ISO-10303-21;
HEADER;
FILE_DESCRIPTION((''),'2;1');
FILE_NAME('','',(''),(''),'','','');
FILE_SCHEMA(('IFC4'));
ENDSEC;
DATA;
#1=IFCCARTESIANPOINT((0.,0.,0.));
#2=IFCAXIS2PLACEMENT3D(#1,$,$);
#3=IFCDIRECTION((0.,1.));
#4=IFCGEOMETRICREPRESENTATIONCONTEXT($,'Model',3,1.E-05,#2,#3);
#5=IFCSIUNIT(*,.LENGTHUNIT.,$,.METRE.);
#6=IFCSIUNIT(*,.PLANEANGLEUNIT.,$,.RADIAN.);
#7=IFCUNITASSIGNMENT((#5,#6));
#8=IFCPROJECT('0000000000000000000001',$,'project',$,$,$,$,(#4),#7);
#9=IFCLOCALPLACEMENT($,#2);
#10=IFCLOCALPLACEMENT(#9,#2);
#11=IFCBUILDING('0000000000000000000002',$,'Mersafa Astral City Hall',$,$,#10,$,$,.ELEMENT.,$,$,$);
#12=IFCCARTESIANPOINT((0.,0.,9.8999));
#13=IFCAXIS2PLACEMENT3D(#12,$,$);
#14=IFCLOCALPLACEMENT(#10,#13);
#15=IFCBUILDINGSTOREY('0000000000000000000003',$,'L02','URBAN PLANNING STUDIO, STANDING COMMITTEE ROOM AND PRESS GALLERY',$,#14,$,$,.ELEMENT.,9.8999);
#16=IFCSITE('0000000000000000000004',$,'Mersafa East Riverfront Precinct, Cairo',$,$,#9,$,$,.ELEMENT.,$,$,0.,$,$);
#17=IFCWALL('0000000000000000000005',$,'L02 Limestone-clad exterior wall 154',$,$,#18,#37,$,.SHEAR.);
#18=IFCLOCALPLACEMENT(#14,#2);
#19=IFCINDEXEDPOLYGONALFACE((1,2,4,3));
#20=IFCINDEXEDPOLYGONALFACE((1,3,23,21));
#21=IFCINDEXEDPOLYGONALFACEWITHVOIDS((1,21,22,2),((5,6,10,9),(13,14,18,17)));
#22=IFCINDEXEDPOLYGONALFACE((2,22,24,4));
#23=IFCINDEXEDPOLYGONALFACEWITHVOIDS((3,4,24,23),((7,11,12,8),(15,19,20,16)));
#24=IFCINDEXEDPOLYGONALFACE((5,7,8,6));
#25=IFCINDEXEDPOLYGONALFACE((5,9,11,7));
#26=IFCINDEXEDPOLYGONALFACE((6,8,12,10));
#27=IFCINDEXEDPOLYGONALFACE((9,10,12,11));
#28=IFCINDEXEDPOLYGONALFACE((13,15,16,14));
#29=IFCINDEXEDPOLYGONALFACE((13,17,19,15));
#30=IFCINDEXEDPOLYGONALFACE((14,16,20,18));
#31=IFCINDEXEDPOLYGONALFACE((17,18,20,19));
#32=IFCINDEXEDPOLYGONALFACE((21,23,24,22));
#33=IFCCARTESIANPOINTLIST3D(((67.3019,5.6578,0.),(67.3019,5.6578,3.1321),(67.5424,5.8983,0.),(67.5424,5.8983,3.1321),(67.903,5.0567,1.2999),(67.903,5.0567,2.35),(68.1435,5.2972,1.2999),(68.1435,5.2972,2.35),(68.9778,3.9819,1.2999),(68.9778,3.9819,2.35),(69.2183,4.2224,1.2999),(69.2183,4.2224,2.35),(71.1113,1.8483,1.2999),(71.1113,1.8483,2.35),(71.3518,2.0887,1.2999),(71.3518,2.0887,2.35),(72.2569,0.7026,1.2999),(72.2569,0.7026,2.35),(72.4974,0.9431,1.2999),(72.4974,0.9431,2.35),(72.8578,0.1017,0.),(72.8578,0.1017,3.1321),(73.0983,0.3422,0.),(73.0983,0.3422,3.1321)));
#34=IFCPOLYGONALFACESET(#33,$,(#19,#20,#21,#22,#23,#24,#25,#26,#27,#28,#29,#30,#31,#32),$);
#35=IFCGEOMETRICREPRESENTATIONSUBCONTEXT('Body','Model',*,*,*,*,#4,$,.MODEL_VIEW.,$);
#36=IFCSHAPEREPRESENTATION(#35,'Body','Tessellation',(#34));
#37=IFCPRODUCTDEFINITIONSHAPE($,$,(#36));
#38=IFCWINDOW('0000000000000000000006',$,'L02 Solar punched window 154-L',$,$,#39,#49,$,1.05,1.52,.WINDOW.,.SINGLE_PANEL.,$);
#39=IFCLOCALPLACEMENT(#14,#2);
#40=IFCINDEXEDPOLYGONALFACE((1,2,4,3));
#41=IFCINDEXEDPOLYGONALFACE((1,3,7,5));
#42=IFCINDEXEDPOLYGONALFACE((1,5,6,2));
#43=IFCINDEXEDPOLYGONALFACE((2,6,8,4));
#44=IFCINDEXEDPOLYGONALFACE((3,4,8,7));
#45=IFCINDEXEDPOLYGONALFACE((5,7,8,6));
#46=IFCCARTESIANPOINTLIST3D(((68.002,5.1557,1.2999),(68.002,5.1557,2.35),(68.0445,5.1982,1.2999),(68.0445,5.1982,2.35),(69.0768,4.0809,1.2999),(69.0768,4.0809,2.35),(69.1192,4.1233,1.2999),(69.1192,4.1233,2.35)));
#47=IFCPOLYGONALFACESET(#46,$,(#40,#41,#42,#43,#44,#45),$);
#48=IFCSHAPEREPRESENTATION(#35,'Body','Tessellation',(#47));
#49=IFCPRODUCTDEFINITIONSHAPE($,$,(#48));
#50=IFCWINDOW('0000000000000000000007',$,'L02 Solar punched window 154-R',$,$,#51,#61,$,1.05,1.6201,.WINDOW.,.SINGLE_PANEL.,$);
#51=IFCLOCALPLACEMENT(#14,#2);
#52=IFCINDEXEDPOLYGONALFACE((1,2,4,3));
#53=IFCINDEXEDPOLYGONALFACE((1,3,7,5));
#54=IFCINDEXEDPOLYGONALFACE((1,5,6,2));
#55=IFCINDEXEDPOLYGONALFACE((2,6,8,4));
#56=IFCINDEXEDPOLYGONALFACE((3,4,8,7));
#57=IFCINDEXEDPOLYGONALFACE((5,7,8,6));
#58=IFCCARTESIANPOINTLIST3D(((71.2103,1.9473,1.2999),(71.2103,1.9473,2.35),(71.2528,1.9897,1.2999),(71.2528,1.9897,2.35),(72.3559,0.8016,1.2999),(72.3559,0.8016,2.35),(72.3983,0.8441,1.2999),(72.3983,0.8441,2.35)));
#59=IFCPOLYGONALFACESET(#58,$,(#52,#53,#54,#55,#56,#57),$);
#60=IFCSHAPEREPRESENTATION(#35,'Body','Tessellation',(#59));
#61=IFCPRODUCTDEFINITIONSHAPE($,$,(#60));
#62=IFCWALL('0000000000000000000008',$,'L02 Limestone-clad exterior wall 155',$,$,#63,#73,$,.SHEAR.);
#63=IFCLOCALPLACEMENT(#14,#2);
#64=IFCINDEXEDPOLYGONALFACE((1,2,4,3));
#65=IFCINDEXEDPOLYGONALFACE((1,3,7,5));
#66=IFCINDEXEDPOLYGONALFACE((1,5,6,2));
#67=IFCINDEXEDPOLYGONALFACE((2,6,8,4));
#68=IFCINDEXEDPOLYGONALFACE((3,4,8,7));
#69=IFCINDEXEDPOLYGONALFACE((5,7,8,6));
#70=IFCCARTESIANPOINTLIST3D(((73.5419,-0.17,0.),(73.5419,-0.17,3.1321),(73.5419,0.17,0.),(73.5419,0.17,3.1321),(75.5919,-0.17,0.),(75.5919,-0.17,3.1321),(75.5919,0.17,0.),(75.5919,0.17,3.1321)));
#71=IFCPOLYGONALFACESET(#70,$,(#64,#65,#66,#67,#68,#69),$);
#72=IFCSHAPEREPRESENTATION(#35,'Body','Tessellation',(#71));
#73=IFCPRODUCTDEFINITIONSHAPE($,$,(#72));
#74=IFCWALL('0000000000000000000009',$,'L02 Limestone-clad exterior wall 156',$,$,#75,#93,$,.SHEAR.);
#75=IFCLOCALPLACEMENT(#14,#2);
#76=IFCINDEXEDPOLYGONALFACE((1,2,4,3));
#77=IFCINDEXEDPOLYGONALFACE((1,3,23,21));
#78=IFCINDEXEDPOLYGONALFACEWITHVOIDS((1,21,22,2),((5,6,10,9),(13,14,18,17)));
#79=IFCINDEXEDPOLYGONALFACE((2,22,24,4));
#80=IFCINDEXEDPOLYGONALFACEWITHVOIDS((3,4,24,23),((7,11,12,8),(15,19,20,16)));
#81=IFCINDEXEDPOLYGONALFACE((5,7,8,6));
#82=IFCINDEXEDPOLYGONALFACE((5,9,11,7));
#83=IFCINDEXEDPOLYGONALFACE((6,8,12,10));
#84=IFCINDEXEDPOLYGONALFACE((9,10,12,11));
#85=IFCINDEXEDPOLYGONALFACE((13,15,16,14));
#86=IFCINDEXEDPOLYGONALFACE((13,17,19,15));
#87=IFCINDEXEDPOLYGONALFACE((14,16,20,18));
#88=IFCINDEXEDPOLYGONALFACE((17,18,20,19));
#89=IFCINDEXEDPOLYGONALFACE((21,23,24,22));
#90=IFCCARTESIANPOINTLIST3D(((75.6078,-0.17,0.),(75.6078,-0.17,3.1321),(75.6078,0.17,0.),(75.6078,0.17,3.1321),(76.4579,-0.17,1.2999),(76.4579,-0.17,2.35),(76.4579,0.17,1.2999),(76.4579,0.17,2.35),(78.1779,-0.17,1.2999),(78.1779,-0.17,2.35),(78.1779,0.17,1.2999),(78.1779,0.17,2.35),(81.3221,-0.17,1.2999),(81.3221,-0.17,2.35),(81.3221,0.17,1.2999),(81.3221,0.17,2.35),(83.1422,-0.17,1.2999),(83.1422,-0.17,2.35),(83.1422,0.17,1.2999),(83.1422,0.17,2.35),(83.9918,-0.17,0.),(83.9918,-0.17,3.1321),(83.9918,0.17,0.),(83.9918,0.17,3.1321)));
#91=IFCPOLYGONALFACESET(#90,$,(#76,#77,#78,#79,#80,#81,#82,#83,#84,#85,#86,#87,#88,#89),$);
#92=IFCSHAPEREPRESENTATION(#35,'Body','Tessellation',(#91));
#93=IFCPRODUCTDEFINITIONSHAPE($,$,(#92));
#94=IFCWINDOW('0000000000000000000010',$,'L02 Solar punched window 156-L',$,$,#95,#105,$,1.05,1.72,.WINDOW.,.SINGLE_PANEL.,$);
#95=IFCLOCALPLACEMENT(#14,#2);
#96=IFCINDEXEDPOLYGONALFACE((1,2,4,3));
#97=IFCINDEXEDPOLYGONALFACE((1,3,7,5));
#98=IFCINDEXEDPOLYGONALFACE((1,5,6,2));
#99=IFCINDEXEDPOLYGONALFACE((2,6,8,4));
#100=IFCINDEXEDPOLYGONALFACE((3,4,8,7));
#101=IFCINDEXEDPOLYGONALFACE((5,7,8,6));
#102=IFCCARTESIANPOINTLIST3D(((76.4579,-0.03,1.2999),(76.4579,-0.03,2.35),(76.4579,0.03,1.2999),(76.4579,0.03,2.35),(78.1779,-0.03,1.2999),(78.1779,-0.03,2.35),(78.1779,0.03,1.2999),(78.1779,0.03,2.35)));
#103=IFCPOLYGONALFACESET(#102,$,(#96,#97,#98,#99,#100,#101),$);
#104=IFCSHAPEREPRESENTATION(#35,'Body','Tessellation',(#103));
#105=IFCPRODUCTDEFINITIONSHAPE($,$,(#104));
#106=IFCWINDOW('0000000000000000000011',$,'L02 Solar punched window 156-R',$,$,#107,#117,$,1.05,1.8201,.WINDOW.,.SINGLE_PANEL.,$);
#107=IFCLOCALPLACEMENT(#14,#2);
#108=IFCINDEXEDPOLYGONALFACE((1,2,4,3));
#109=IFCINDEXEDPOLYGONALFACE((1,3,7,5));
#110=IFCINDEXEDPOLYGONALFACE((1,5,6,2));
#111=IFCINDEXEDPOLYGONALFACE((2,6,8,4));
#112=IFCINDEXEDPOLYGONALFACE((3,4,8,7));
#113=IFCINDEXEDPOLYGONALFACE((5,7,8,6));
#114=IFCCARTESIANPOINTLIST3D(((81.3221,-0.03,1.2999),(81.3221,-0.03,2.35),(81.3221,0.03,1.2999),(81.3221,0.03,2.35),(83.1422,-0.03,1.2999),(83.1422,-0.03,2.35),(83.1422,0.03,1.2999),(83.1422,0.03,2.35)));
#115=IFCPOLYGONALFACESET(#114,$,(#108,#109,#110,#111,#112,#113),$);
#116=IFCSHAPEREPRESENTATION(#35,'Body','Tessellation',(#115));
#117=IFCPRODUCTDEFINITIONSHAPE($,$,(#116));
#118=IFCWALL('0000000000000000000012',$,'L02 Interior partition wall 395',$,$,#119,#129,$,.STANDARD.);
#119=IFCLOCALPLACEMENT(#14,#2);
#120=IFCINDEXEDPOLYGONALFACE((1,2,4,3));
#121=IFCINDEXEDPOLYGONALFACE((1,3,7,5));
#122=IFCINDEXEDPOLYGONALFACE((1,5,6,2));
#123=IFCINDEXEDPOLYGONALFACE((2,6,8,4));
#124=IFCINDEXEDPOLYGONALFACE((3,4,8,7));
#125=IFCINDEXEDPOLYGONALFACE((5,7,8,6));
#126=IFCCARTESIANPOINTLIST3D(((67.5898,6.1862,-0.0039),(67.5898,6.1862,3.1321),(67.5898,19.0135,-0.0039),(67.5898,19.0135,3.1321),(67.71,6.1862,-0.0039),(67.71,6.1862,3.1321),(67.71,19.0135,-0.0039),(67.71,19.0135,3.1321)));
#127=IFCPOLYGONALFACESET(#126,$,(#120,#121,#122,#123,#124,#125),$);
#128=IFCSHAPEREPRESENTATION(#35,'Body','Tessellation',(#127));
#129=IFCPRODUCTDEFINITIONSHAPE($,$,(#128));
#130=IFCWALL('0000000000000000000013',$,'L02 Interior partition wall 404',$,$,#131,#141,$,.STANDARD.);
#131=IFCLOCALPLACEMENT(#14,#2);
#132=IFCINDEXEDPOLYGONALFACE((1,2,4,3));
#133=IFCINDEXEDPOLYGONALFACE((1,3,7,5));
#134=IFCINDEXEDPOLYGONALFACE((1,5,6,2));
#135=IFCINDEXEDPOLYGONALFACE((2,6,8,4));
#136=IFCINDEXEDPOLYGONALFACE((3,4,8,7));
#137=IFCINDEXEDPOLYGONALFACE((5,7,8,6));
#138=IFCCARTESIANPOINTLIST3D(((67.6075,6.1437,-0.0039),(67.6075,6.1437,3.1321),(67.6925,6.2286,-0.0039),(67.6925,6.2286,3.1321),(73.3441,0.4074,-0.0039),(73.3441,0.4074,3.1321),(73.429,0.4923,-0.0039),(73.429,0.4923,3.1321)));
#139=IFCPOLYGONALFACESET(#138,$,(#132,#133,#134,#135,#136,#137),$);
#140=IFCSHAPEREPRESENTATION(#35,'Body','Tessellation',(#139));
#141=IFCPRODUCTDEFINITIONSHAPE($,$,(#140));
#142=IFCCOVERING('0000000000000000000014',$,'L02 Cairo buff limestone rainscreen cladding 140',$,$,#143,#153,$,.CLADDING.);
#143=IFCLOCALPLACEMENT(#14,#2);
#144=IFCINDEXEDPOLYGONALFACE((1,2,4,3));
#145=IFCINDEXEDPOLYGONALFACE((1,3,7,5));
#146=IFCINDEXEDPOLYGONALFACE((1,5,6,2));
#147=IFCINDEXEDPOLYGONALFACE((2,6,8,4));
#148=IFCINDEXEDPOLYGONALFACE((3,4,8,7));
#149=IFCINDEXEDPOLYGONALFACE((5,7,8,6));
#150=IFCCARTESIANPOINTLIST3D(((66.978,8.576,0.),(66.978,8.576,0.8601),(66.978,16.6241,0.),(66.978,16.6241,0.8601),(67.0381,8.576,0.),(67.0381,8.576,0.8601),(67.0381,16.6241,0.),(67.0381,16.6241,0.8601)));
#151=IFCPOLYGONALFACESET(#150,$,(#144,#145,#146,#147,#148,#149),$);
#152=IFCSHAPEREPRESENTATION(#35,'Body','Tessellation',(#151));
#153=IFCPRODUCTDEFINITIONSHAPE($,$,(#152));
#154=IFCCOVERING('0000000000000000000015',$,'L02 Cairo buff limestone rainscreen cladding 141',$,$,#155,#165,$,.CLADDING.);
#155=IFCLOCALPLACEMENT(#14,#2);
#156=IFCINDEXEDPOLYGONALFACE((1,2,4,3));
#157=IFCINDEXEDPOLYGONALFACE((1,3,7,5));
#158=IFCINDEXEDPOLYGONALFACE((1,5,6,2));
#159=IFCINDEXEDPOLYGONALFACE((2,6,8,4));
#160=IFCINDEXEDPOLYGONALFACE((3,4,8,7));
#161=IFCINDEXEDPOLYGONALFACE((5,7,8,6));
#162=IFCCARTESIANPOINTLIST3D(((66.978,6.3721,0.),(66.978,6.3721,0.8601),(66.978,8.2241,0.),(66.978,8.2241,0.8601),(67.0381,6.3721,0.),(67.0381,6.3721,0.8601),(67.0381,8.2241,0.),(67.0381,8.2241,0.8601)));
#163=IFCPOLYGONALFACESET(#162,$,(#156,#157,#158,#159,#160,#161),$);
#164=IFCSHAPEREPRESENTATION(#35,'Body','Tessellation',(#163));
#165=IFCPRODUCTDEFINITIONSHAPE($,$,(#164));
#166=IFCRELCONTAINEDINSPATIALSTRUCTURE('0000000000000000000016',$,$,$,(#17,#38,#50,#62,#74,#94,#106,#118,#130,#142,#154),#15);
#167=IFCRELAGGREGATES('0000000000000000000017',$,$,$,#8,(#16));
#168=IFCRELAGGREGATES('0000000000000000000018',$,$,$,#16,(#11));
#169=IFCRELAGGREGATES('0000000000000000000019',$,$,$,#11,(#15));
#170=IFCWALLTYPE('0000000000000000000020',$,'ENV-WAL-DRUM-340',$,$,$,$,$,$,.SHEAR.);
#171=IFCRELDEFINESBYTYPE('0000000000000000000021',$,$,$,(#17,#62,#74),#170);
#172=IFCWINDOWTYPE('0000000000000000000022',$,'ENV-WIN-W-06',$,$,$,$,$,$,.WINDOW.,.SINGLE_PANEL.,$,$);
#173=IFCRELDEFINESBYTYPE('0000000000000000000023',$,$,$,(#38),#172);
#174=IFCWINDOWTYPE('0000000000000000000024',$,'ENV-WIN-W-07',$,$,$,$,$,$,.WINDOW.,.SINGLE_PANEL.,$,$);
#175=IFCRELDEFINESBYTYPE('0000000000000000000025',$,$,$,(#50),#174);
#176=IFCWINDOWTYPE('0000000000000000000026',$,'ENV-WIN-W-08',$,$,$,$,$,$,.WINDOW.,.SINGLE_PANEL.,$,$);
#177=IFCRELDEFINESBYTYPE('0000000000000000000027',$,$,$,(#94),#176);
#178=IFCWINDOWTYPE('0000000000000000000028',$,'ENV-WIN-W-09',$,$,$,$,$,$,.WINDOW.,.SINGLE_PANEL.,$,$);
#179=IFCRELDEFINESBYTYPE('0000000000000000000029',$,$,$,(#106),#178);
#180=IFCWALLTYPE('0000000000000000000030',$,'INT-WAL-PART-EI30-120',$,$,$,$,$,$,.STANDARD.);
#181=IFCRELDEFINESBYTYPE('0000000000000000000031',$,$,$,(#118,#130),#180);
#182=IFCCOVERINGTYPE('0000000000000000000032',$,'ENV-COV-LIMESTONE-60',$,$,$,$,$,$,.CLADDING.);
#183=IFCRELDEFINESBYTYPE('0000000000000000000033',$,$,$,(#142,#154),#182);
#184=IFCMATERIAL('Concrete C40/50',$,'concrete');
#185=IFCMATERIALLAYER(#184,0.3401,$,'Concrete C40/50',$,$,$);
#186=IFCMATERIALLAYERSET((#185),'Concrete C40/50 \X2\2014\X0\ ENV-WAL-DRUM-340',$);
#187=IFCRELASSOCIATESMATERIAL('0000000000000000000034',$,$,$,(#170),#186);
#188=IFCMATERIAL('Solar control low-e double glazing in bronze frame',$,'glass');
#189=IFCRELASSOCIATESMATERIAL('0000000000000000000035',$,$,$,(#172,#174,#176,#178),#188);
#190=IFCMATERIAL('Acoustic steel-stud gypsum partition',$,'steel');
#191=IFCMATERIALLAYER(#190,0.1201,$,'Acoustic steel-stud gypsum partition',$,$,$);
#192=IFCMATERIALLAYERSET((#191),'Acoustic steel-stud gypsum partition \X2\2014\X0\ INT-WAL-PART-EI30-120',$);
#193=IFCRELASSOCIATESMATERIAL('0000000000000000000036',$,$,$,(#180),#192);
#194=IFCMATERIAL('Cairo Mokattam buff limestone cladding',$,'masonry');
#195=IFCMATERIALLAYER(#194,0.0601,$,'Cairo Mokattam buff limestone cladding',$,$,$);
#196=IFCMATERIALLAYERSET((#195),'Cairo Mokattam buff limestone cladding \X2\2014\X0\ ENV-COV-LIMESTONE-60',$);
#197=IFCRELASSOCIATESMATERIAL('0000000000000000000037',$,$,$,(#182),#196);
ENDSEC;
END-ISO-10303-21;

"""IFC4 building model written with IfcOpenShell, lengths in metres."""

from ifc_helpers import new_model, si_unit, direction, frame, frame_2d, origin, origin_2d, place, context, subcontext, project, spatial, rectangle, extrude, material, layer, layer_set, type_object, element, fill, save


model = new_model("IFC4")

# Units and contexts
model_context = context("Model", 3, precision=1e-05, world=origin(), true_north=direction((0.0, 1.0)))
body_context = subcontext(model_context, "Body", "Model", "MODEL_VIEW")
ifc_project = project(units=[si_unit("LENGTHUNIT", "METRE"), si_unit("PLANEANGLEUNIT", "RADIAN")], contexts=[model_context])

# Site, building, storey
site_placement = place(None, origin())
site = spatial("IfcSite", under=ifc_project, at=site_placement, Name="Mersafa East Riverfront Precinct, Cairo", CompositionType="ELEMENT", RefElevation=0.0)
building_placement = place(site_placement, origin())
building = spatial("IfcBuilding", under=site, at=building_placement, Name="Mersafa Astral City Hall", CompositionType="ELEMENT")
storey_placement = place(building_placement, frame((0.0, 0.0, 9.8999)))
storey = spatial("IfcBuildingStorey", under=building, at=storey_placement, Name="L02", Description="URBAN PLANNING STUDIO, STANDING COMMITTEE ROOM AND PRESS GALLERY", CompositionType="ELEMENT", Elevation=9.8999)

# Shared definitions
ifc_material_1 = material(Name="Concrete C40/50", Category="concrete")

# Shared definitions
ifc_layer_1 = layer(ifc_material_1, 0.3401, Name="Concrete C40/50")
ifc_layer_set_1 = layer_set([ifc_layer_1], Name="Concrete C40/50 — ENV-WAL-DRUM-340")
wall_type_1 = type_object("IfcWallType", Name="ENV-WAL-DRUM-340", PredefinedType="SHEAR", material=ifc_layer_set_1)
ifc_material_2 = material(Name="Solar control low-e double glazing in bronze frame", Category="glass")

# Wall, openings, windows
wall_1_placement = place(storey_placement, frame((67.4221, 5.7781, 0.0), z_axis=(0.0, 0.0, 1.0), x_axis=(0.707091, -0.707122, 0.0)))
wall_1 = element("IfcWall", 1, at=wall_1_placement, inside=storey, type_object=wall_type_1, Name="L02 Limestone-clad exterior wall 154", PredefinedType="SHEAR", context=body_context, shape_type="SweptSolid", body=[
    extrude(rectangle(XDim=7.8574, YDim=0.3401, at=frame_2d((3.9287, 0.0))), origin(), (0.0, 0.0, 1.0), 3.1321),
])
opening_1_placement = place(wall_1_placement, frame((0.8501, 0.0, 1.3)))
opening_1 = element("IfcOpeningElement", 2, at=opening_1_placement, cuts=wall_1, PredefinedType="OPENING", context=body_context, shape_type="SweptSolid", body=[
    extrude(rectangle(XDim=1.52, YDim=1.05, at=frame_2d((0.76, 0.5249))), frame((0.0, 0.1799, 0.0), z_axis=(0.0, -1.0, 0.0), x_axis=(1.0, 0.0, 0.0)), (0.0, 0.0, 1.0), 0.3601),
])
opening_2_placement = place(wall_1_placement, frame((5.3875, 0.0, 1.3)))
opening_2 = element("IfcOpeningElement", 3, at=opening_2_placement, cuts=wall_1, PredefinedType="OPENING", context=body_context, shape_type="SweptSolid", body=[
    extrude(rectangle(XDim=1.6201, YDim=1.05, at=frame_2d((0.8101, 0.5249))), frame((0.0, 0.1799, 0.0), z_axis=(0.0, -1.0, 0.0), x_axis=(1.0, 0.0, 0.0)), (0.0, 0.0, 1.0), 0.3601),
])
window_type_1 = type_object("IfcWindowType", Name="ENV-WIN-W-06", PartitioningType="SINGLE_PANEL", PredefinedType="WINDOW", material=ifc_material_2)
window_1_placement = place(opening_1_placement, origin())
window_1 = element("IfcWindow", 4, at=window_1_placement, inside=storey, type_object=window_type_1, Name="L02 Solar punched window 154-L", OverallHeight=1.05, OverallWidth=1.52, PartitioningType="SINGLE_PANEL", PredefinedType="WINDOW", context=body_context, shape_type="SweptSolid", body=[
    extrude(rectangle(XDim=1.52, YDim=1.05, at=frame_2d((0.76, 0.5249))), frame((0.0, 0.03, 0.0), z_axis=(0.0, -1.0, 0.0), x_axis=(1.0, 0.0, 0.0)), (0.0, 0.0, 1.0), 0.0601),
])
fill(opening_1, window_1)
window_type_2 = type_object("IfcWindowType", Name="ENV-WIN-W-07", PartitioningType="SINGLE_PANEL", PredefinedType="WINDOW", material=ifc_material_2)
window_2_placement = place(opening_2_placement, origin())
window_2 = element("IfcWindow", 5, at=window_2_placement, inside=storey, type_object=window_type_2, Name="L02 Solar punched window 154-R", OverallHeight=1.05, OverallWidth=1.6201, PartitioningType="SINGLE_PANEL", PredefinedType="WINDOW", context=body_context, shape_type="SweptSolid", body=[
    extrude(rectangle(XDim=1.6201, YDim=1.05, at=frame_2d((0.8101, 0.5249))), frame((0.0, 0.03, 0.0), z_axis=(0.0, -1.0, 0.0), x_axis=(1.0, 0.0, 0.0)), (0.0, 0.0, 1.0), 0.0601),
])
fill(opening_2, window_2)

# Wall
wall_2_placement = place(storey_placement, frame((73.542, 0.0, 0.0), z_axis=(0.0, 0.0, 1.0), x_axis=(1.0, 0.0, 0.0)))
element("IfcWall", 6, at=wall_2_placement, inside=storey, type_object=wall_type_1, Name="L02 Limestone-clad exterior wall 155", PredefinedType="SHEAR", context=body_context, shape_type="SweptSolid", body=[
    extrude(rectangle(XDim=2.05, YDim=0.3401, at=frame_2d((1.0249, 0.0))), origin(), (0.0, 0.0, 1.0), 3.1321),
])

# Wall, openings, windows
wall_3_placement = place(storey_placement, frame((75.6079, 0.0, 0.0), z_axis=(0.0, 0.0, 1.0), x_axis=(1.0, 0.0, 0.0)))
wall_3 = element("IfcWall", 7, at=wall_3_placement, inside=storey, type_object=wall_type_1, Name="L02 Limestone-clad exterior wall 156", PredefinedType="SHEAR", context=body_context, shape_type="SweptSolid", body=[
    extrude(rectangle(XDim=8.384, YDim=0.3401, at=frame_2d((4.1919, 0.0))), origin(), (0.0, 0.0, 1.0), 3.1321),
])
opening_3_placement = place(wall_3_placement, frame((0.8501, 0.0, 1.3)))
opening_3 = element("IfcOpeningElement", 8, at=opening_3_placement, cuts=wall_3, PredefinedType="OPENING", context=body_context, shape_type="SweptSolid", body=[
    extrude(rectangle(XDim=1.72, YDim=1.05, at=frame_2d((0.8599, 0.5249))), frame((0.0, 0.1799, 0.0), z_axis=(0.0, -1.0, 0.0), x_axis=(1.0, 0.0, 0.0)), (0.0, 0.0, 1.0), 0.3601),
])
opening_4_placement = place(wall_3_placement, frame((5.7141, 0.0, 1.3)))
opening_4 = element("IfcOpeningElement", 9, at=opening_4_placement, cuts=wall_3, PredefinedType="OPENING", context=body_context, shape_type="SweptSolid", body=[
    extrude(rectangle(XDim=1.8201, YDim=1.05, at=frame_2d((0.9102, 0.5249))), frame((0.0, 0.1799, 0.0), z_axis=(0.0, -1.0, 0.0), x_axis=(1.0, 0.0, 0.0)), (0.0, 0.0, 1.0), 0.3601),
])
window_type_3 = type_object("IfcWindowType", Name="ENV-WIN-W-08", PartitioningType="SINGLE_PANEL", PredefinedType="WINDOW", material=ifc_material_2)
window_3_placement = place(opening_3_placement, origin())
window_3 = element("IfcWindow", 10, at=window_3_placement, inside=storey, type_object=window_type_3, Name="L02 Solar punched window 156-L", OverallHeight=1.05, OverallWidth=1.72, PartitioningType="SINGLE_PANEL", PredefinedType="WINDOW", context=body_context, shape_type="SweptSolid", body=[
    extrude(rectangle(XDim=1.72, YDim=1.05, at=frame_2d((0.8599, 0.5249))), frame((0.0, 0.03, 0.0), z_axis=(0.0, -1.0, 0.0), x_axis=(1.0, 0.0, 0.0)), (0.0, 0.0, 1.0), 0.0601),
])
fill(opening_3, window_3)
window_type_4 = type_object("IfcWindowType", Name="ENV-WIN-W-09", PartitioningType="SINGLE_PANEL", PredefinedType="WINDOW", material=ifc_material_2)
window_4_placement = place(opening_4_placement, origin())
window_4 = element("IfcWindow", 11, at=window_4_placement, inside=storey, type_object=window_type_4, Name="L02 Solar punched window 156-R", OverallHeight=1.05, OverallWidth=1.8201, PartitioningType="SINGLE_PANEL", PredefinedType="WINDOW", context=body_context, shape_type="SweptSolid", body=[
    extrude(rectangle(XDim=1.8201, YDim=1.05, at=frame_2d((0.9102, 0.5249))), frame((0.0, 0.03, 0.0), z_axis=(0.0, -1.0, 0.0), x_axis=(1.0, 0.0, 0.0)), (0.0, 0.0, 1.0), 0.0601),
])
fill(opening_4, window_4)

# Walls
ifc_material_3 = material(Name="Acoustic steel-stud gypsum partition", Category="steel")
ifc_layer_2 = layer(ifc_material_3, 0.1201, Name="Acoustic steel-stud gypsum partition")
ifc_layer_set_2 = layer_set([ifc_layer_2], Name="Acoustic steel-stud gypsum partition — INT-WAL-PART-EI30-120")
wall_type_2 = type_object("IfcWallType", Name="INT-WAL-PART-EI30-120", PredefinedType="STANDARD", material=ifc_layer_set_2)
wall_4_placement = place(storey_placement, frame((67.6499, 6.1863, -0.0039), z_axis=(0.0, 0.0, 1.0), x_axis=(0.0, 1.0, 0.0)))
element("IfcWall", 12, at=wall_4_placement, inside=storey, type_object=wall_type_2, Name="L02 Interior partition wall 395", PredefinedType="STANDARD", context=body_context, shape_type="SweptSolid", body=[
    extrude(rectangle(XDim=12.8274, YDim=0.1201, at=frame_2d((6.4136, 0.0))), origin(), (0.0, 0.0, 1.0), 3.136),
])
wall_5_placement = place(storey_placement, frame((73.3865, 0.45, -0.0039), z_axis=(0.0, 0.0, 1.0), x_axis=(-0.707122, 0.707092, 0.0)))
element("IfcWall", 13, at=wall_5_placement, inside=storey, type_object=wall_type_2, Name="L02 Interior partition wall 404", PredefinedType="STANDARD", context=body_context, shape_type="SweptSolid", body=[
    extrude(rectangle(XDim=8.1125, YDim=0.1201, at=frame_2d((4.0562, 0.0))), origin(), (0.0, 0.0, 1.0), 3.136),
])

# Coverings
ifc_material_4 = material(Name="Cairo Mokattam buff limestone cladding", Category="masonry")
ifc_layer_3 = layer(ifc_material_4, 0.0601, Name="Cairo Mokattam buff limestone cladding")
ifc_layer_set_3 = layer_set([ifc_layer_3], Name="Cairo Mokattam buff limestone cladding — ENV-COV-LIMESTONE-60")
covering_type_1 = type_object("IfcCoveringType", Name="ENV-COV-LIMESTONE-60", PredefinedType="CLADDING", material=ifc_layer_set_3)
covering_1_placement = place(storey_placement, frame((67.0081, 12.6001, 0.0), z_axis=(0.0, 0.0, 1.0), x_axis=(0.0, -1.0, 0.0)))
element("IfcCovering", 14, at=covering_1_placement, inside=storey, type_object=covering_type_1, Name="L02 Cairo buff limestone rainscreen cladding 140", PredefinedType="CLADDING", context=body_context, shape_type="SweptSolid", body=[
    extrude(rectangle(XDim=8.0481, YDim=0.0601, at=origin_2d()), origin(), (0.0, 0.0, 1.0), 0.8601),
])
covering_2_placement = place(storey_placement, frame((67.0081, 7.2981, 0.0), z_axis=(0.0, 0.0, 1.0), x_axis=(0.0, -1.0, 0.0)))
element("IfcCovering", 15, at=covering_2_placement, inside=storey, type_object=covering_type_1, Name="L02 Cairo buff limestone rainscreen cladding 141", PredefinedType="CLADDING", context=body_context, shape_type="SweptSolid", body=[
    extrude(rectangle(XDim=1.8521, YDim=0.0601, at=origin_2d()), origin(), (0.0, 0.0, 1.0), 0.8601),
])

save(model, "model.ifc")
